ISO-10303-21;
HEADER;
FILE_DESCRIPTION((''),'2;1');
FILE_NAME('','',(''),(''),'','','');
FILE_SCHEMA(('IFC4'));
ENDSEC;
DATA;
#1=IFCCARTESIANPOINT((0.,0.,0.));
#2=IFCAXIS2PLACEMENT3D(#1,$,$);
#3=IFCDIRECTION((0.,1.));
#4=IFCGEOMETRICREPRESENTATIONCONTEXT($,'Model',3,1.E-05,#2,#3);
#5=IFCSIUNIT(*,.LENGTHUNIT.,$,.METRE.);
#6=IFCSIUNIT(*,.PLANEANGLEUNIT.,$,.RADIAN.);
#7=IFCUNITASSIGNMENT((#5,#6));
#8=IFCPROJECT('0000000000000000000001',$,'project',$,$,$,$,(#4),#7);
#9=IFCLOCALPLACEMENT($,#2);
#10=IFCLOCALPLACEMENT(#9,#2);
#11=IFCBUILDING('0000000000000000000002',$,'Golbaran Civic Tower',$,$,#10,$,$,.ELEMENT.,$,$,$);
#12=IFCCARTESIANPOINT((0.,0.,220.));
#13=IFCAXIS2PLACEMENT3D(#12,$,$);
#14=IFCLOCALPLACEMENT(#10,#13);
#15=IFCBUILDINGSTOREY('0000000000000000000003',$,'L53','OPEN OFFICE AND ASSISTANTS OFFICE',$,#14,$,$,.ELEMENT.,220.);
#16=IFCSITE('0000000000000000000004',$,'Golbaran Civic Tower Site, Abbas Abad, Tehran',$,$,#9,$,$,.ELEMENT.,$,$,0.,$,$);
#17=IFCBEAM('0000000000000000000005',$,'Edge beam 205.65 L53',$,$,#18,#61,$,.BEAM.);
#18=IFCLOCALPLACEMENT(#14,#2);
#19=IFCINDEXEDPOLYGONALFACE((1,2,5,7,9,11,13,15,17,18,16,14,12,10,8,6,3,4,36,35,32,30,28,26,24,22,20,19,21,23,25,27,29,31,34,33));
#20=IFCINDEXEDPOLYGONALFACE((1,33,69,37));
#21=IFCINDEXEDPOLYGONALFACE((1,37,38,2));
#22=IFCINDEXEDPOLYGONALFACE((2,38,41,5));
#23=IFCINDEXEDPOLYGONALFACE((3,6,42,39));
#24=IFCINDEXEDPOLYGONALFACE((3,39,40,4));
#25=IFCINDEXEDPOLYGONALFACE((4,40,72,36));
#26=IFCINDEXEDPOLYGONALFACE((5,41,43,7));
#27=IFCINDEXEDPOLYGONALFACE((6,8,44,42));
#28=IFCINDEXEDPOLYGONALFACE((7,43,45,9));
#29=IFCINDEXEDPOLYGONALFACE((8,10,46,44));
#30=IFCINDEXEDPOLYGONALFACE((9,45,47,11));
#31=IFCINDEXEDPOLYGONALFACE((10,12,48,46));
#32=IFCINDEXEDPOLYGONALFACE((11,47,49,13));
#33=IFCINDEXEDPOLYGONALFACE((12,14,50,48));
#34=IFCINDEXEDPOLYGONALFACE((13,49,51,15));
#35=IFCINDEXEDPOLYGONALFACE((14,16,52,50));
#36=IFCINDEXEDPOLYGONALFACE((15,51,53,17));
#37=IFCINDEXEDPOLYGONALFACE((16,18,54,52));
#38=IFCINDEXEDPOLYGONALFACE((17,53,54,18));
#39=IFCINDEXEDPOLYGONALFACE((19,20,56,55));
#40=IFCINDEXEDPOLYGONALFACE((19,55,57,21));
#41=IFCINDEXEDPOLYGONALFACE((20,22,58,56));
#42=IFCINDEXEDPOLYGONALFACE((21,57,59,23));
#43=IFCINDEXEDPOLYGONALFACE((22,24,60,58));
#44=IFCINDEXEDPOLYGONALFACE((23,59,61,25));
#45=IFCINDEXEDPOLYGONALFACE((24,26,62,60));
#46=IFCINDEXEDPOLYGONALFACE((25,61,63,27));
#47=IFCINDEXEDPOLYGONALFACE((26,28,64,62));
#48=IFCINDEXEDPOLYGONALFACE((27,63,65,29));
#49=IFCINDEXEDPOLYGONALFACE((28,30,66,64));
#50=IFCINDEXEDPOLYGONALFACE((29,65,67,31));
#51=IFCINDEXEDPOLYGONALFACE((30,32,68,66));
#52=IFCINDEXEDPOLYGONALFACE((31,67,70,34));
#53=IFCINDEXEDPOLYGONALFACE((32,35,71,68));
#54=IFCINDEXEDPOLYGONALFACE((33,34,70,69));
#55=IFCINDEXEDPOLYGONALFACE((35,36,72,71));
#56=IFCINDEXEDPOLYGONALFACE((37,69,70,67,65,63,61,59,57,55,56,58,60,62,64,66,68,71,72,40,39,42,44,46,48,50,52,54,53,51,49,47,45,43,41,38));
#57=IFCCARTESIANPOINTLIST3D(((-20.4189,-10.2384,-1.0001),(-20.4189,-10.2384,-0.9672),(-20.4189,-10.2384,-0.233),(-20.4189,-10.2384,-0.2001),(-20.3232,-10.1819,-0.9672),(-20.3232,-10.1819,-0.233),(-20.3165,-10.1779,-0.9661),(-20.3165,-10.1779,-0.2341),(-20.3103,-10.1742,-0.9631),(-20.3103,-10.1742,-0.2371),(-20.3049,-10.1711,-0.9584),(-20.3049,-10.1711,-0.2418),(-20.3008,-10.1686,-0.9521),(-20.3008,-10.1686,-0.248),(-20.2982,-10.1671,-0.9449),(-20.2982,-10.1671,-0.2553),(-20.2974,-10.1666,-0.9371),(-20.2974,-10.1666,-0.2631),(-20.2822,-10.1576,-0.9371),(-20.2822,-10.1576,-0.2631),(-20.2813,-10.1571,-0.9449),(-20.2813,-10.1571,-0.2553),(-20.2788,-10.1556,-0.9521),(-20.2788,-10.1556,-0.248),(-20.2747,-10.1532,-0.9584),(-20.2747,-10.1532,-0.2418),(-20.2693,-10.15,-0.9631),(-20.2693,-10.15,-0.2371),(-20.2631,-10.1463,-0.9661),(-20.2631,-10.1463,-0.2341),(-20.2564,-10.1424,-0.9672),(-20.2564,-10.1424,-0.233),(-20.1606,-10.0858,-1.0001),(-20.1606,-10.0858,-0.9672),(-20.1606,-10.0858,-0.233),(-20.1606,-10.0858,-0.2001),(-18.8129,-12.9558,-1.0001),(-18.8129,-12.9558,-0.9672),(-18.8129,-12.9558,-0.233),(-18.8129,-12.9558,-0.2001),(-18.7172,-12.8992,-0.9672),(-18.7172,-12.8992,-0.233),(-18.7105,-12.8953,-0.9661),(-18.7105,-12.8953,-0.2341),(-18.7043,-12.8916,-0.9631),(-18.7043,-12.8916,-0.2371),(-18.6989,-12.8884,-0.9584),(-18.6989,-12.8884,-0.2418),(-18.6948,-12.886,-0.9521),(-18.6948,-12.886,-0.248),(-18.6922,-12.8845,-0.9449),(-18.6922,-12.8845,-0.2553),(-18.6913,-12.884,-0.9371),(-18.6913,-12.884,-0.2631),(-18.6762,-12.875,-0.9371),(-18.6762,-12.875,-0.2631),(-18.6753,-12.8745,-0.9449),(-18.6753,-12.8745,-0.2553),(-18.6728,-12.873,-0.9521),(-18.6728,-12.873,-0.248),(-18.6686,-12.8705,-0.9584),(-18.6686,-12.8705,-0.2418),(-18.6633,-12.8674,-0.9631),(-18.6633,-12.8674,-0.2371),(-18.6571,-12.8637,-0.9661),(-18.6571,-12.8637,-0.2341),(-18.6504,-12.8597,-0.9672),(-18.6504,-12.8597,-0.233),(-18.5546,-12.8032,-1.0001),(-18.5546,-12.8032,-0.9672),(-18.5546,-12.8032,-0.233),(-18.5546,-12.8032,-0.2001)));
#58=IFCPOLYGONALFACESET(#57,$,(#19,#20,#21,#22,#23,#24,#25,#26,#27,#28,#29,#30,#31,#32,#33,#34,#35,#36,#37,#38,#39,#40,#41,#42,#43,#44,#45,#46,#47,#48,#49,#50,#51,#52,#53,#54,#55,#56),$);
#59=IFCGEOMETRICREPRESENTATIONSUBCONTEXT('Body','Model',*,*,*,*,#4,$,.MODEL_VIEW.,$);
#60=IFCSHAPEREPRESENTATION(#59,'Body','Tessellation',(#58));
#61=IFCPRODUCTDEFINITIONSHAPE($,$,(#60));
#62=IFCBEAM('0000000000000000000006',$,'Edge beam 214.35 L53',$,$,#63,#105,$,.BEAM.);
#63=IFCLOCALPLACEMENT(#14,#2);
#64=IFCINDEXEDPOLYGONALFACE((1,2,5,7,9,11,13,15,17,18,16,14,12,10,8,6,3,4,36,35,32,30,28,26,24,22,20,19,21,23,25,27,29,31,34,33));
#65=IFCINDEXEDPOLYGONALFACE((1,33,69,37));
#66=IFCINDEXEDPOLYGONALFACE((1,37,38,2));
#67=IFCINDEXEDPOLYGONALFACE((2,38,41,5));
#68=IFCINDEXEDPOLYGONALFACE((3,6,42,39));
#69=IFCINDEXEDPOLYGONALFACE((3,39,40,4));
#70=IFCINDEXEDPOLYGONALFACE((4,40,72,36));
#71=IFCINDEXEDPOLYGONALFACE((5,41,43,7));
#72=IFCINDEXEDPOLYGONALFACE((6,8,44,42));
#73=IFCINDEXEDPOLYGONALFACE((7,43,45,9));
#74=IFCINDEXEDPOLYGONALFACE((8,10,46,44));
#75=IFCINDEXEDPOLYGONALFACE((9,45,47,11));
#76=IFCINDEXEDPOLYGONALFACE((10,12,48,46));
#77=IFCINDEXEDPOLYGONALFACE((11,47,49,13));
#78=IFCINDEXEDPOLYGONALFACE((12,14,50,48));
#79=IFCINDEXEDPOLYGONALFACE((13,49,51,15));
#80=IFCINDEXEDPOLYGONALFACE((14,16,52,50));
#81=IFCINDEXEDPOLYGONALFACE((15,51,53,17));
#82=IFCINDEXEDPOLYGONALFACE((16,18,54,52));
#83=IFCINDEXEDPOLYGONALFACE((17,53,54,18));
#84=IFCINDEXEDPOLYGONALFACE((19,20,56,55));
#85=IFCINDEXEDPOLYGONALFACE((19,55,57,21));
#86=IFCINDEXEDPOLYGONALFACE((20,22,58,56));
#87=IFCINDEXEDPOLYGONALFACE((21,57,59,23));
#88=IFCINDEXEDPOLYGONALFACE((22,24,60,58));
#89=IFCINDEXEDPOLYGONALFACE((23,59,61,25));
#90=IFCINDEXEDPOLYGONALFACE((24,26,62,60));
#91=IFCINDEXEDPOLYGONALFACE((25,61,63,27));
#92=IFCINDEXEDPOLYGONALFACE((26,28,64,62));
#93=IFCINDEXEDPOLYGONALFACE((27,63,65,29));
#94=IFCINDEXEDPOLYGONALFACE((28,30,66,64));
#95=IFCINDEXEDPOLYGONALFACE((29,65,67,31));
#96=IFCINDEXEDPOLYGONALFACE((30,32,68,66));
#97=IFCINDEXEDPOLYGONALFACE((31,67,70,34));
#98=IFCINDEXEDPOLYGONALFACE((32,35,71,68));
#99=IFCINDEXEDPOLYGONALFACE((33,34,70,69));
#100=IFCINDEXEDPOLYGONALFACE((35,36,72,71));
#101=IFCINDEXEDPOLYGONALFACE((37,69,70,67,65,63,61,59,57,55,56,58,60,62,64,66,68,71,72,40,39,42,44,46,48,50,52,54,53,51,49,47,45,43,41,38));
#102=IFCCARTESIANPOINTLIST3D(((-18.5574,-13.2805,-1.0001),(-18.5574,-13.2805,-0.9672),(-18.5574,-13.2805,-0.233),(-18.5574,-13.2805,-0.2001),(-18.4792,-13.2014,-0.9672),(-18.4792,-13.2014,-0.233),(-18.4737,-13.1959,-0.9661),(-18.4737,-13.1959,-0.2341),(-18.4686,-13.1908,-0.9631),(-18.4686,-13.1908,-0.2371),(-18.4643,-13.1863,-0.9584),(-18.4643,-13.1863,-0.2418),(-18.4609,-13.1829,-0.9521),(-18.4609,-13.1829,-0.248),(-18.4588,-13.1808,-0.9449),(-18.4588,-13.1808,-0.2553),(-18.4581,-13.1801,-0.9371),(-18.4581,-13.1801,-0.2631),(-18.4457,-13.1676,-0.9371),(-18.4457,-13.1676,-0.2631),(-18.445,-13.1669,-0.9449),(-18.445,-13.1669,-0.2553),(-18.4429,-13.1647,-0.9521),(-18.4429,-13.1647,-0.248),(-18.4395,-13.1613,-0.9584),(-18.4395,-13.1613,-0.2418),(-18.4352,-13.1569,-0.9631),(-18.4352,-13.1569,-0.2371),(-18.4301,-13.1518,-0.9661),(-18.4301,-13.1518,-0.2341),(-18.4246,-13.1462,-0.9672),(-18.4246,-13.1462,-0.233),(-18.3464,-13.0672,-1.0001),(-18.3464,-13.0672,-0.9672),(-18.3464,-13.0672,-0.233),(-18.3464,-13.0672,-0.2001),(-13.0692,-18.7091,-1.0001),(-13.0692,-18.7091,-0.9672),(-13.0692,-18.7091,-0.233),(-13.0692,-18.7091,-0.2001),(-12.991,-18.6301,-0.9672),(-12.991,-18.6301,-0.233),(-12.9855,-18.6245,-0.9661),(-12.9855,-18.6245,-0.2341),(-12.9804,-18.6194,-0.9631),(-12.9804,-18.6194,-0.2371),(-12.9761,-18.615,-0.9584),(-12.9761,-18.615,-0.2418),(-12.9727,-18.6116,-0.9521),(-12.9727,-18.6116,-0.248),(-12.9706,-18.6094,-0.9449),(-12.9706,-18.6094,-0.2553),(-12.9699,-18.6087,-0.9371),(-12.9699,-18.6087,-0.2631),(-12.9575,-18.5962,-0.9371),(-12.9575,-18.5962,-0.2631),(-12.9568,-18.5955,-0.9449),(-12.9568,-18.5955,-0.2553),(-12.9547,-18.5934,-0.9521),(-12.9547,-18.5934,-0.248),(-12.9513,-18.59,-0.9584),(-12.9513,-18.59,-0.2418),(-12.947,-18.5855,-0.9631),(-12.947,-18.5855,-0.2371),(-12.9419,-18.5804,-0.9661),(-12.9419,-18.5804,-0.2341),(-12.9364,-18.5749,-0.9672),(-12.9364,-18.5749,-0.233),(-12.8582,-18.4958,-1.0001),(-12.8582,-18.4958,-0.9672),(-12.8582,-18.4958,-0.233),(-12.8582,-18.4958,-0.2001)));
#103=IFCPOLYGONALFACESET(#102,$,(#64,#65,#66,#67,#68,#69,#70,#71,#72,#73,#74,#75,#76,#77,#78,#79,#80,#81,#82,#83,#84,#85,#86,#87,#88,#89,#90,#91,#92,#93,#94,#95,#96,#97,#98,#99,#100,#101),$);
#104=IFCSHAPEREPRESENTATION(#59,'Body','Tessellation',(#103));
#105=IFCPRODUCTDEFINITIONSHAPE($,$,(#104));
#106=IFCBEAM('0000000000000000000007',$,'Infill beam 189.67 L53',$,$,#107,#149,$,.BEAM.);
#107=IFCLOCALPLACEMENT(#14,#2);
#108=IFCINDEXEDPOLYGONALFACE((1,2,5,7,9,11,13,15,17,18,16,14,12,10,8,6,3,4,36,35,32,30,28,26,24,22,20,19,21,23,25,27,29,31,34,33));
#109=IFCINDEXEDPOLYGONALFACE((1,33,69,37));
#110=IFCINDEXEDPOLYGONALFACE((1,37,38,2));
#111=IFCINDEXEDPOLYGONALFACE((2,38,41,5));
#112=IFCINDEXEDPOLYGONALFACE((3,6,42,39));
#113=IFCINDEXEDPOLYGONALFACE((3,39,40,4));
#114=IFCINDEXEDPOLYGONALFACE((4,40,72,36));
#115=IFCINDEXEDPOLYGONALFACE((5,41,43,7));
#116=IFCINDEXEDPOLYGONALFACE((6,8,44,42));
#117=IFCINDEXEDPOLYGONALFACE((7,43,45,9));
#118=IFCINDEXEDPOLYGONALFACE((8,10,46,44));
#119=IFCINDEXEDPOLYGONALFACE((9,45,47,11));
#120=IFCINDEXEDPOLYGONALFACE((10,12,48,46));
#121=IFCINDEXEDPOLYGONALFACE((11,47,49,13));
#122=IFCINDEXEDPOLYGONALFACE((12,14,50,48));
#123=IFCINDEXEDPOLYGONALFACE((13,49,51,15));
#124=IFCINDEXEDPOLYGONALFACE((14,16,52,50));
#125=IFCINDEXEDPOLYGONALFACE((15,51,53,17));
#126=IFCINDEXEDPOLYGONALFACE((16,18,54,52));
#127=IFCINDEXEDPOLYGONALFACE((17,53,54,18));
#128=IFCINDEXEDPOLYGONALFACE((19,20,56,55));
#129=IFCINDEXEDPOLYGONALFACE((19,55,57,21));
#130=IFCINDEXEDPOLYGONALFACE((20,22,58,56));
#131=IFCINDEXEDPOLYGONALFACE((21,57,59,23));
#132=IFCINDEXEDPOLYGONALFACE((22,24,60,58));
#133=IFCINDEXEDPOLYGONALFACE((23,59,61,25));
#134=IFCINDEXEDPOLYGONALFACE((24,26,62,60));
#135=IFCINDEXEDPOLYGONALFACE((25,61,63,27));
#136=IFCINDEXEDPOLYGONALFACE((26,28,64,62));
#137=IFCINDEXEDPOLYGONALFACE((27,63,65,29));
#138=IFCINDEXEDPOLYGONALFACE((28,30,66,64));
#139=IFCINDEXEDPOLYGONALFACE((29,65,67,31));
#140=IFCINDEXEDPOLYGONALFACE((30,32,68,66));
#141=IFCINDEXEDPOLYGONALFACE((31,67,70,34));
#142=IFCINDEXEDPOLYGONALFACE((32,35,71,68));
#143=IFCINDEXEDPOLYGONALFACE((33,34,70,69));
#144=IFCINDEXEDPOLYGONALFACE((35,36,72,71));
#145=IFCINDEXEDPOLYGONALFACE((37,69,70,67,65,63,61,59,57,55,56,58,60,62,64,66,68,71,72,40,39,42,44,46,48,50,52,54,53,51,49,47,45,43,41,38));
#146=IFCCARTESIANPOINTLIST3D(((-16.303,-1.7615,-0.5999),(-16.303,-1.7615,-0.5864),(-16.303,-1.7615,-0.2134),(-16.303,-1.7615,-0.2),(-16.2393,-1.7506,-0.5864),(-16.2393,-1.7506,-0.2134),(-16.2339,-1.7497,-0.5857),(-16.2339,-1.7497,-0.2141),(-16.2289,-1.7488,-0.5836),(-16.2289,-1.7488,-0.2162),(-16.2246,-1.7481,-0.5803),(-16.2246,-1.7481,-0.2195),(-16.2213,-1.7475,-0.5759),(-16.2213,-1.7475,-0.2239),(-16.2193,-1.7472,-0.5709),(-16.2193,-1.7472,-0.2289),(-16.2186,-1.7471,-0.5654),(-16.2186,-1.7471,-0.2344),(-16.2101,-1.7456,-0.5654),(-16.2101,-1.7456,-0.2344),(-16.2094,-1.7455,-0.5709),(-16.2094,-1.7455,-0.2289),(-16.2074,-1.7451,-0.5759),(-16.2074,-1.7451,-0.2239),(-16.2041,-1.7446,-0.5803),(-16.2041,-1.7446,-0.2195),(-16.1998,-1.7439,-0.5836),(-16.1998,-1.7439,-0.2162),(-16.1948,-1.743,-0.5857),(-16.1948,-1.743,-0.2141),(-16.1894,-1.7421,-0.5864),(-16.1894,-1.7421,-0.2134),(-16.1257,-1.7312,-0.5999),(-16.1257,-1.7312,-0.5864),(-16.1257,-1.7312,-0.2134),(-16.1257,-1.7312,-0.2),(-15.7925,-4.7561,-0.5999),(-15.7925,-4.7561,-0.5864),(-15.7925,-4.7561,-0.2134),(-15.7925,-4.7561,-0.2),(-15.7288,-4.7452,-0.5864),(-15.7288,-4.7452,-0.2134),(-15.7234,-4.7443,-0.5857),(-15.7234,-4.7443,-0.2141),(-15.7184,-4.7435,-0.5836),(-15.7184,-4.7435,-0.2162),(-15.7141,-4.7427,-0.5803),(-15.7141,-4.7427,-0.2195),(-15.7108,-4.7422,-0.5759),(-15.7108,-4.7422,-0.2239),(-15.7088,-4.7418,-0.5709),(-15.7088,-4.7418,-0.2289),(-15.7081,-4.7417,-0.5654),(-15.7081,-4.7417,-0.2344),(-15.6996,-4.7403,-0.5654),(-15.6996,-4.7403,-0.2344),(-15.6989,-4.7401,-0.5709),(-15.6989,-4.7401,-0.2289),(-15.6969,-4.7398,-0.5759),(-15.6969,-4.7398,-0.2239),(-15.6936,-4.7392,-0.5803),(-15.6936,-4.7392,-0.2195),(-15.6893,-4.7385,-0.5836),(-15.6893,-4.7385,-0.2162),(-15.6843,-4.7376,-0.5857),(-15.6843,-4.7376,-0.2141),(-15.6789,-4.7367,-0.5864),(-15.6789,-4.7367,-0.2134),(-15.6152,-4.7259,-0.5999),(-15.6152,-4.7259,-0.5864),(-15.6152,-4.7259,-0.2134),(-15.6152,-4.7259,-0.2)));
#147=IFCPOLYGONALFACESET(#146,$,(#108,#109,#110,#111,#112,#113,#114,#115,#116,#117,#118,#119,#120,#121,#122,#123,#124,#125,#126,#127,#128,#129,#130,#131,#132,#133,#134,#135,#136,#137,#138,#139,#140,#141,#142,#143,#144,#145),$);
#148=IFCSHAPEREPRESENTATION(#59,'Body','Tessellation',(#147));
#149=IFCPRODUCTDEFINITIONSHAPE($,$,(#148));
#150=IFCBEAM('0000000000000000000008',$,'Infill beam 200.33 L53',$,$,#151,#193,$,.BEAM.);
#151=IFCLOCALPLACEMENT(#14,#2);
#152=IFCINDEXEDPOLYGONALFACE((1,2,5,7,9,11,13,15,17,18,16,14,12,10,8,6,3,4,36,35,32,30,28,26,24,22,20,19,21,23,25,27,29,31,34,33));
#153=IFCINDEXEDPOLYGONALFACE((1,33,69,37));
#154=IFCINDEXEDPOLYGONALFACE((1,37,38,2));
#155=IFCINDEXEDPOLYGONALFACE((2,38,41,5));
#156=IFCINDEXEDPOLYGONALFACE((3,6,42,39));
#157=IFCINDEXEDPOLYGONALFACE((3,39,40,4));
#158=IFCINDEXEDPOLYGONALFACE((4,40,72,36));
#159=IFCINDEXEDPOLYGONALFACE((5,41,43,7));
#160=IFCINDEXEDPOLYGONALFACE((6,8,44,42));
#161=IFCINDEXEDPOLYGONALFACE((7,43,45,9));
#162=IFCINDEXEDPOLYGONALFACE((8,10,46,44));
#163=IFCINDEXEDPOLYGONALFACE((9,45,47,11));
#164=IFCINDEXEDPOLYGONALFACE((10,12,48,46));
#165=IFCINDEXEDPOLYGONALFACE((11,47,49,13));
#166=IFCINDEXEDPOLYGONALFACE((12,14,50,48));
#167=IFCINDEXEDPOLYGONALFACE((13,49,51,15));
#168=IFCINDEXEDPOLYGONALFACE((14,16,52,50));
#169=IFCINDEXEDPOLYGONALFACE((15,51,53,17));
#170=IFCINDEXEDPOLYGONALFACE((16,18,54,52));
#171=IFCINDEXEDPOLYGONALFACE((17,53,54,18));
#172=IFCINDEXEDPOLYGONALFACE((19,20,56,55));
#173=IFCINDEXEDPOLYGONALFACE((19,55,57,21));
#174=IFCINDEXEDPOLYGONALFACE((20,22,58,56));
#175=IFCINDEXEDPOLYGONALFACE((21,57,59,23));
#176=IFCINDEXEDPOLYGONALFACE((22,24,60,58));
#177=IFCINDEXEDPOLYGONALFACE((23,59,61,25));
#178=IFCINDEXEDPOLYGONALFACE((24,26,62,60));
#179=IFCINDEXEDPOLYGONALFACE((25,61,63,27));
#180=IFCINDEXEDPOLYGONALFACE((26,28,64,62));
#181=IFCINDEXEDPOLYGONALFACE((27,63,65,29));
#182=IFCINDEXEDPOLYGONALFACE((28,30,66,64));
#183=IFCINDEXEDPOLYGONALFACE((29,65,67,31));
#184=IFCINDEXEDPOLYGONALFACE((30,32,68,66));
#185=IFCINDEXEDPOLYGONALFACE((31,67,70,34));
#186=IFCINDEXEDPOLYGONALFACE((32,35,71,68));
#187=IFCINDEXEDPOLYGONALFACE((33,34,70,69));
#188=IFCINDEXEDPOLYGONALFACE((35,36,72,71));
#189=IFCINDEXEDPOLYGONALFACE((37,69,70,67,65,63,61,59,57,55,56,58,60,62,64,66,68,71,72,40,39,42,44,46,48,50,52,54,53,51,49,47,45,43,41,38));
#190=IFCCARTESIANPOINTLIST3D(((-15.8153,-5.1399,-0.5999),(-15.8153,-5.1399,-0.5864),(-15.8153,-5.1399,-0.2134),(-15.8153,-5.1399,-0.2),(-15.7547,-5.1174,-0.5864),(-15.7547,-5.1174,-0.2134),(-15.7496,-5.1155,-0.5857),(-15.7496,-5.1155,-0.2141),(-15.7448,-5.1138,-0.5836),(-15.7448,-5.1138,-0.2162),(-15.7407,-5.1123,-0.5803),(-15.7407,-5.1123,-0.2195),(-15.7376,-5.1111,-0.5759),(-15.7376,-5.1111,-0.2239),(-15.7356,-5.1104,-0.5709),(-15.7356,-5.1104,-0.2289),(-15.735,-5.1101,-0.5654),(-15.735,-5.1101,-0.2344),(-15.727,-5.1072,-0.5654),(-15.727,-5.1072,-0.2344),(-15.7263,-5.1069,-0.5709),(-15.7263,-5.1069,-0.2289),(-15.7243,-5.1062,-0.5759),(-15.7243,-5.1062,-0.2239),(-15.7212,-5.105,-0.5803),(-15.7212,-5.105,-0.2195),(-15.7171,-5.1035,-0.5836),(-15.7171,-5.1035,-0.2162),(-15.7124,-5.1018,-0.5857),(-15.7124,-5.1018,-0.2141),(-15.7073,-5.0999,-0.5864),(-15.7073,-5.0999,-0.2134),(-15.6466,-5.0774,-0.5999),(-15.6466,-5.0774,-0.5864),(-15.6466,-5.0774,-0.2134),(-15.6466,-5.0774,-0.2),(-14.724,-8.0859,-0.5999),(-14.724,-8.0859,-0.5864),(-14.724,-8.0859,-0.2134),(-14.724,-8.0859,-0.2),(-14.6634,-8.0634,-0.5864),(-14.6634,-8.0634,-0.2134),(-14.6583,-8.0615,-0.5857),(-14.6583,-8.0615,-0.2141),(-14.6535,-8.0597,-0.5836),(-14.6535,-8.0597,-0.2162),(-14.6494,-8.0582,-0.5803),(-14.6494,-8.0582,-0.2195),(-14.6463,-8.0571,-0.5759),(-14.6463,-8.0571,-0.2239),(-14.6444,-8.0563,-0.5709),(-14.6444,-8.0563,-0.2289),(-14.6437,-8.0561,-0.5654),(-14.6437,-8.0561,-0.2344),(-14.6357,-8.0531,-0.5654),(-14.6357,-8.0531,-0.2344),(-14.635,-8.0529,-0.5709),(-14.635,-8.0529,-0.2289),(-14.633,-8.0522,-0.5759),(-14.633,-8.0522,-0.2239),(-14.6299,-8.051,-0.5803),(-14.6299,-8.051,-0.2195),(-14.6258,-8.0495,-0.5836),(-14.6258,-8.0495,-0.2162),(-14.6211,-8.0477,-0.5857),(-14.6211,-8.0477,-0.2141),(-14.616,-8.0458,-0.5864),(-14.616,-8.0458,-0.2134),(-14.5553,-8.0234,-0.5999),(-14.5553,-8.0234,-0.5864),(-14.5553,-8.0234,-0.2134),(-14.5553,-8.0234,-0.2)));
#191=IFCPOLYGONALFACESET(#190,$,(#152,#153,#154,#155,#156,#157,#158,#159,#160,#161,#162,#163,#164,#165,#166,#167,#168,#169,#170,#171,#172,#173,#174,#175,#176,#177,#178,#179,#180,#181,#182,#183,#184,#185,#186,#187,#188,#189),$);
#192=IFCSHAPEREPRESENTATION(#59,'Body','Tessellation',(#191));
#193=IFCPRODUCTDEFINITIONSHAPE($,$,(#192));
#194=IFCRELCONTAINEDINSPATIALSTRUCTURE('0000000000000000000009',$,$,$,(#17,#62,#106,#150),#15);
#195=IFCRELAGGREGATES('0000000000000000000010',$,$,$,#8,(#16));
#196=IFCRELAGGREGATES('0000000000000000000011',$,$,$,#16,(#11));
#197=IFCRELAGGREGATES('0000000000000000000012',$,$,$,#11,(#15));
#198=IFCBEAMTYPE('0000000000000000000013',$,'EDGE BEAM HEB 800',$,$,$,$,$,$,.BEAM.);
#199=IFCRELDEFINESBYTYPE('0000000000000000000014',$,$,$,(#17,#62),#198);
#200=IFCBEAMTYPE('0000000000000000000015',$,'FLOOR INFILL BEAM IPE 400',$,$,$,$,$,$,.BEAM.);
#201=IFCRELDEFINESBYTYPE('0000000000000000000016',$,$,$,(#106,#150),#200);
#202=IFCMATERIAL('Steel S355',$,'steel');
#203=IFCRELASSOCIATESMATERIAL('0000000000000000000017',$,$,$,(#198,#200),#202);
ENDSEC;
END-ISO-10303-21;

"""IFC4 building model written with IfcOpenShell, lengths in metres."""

from ifc_helpers import new_model, si_unit, direction, frame, origin, origin_2d, place, context, subcontext, project, spatial, i_section, extrude, material, material_profile, profile_set, type_object, element, save


model = new_model("IFC4")

# Units and contexts
model_context = context("Model", 3, precision=1e-05, world=origin(), true_north=direction((0.0, 1.0)))
body_context = subcontext(model_context, "Body", "Model", "MODEL_VIEW")
ifc_project = project(units=[si_unit("LENGTHUNIT", "METRE"), si_unit("PLANEANGLEUNIT", "RADIAN")], contexts=[model_context])

# Site, building, storey
site_placement = place(None, origin())
site = spatial("IfcSite", under=ifc_project, at=site_placement, Name="Golbaran Civic Tower Site, Abbas Abad, Tehran", CompositionType="ELEMENT", RefElevation=0.0)
building_placement = place(site_placement, origin())
building = spatial("IfcBuilding", under=site, at=building_placement, Name="Golbaran Civic Tower", CompositionType="ELEMENT")
storey_placement = place(building_placement, frame((0.0, 0.0, 220.0)))
storey = spatial("IfcBuildingStorey", under=building, at=storey_placement, Name="L53", Description="OPEN OFFICE AND ASSISTANTS OFFICE", CompositionType="ELEMENT", Elevation=220.0)

# Beams
ifc_material_1 = material(Name="Steel S355", Category="steel")
ifc_material_profile_1 = material_profile(ifc_material_1, i_section(OverallWidth=0.3, OverallDepth=0.8, WebThickness=0.0176, FlangeThickness=0.033, FilletRadius=0.03, at=origin_2d()), Name="HEB 800")
ifc_profile_set_1 = profile_set([ifc_material_profile_1], Name="Steel S355")
beam_type_1 = type_object("IfcBeamType", Name="EDGE BEAM HEB 800", PredefinedType="BEAM", material=ifc_profile_set_1)
beam_1_placement = place(storey_placement, frame((-20.2898, -10.1621, -0.6001), z_axis=(0.508797, -0.860886, 0.0), x_axis=(0.860886, 0.508797, 0.0)))
element("IfcBeam", 1, at=beam_1_placement, inside=storey, type_object=beam_type_1, Name="Edge beam 205.65 L53", PredefinedType="BEAM", context=body_context, shape_type="SweptSolid", body=[
    extrude(i_section(OverallWidth=0.3, OverallDepth=0.8, WebThickness=0.0176, FlangeThickness=0.033, FilletRadius=0.03, at=origin_2d()), origin(), (0.0, 0.0, 1.0), 3.1565),
])
beam_2_placement = place(storey_placement, frame((-18.4519, -13.1738, -0.6001), z_axis=(0.710955, -0.703238, 0.0), x_axis=(0.703238, 0.710955, 0.0)))
element("IfcBeam", 2, at=beam_2_placement, inside=storey, type_object=beam_type_1, Name="Edge beam 214.35 L53", PredefinedType="BEAM", context=body_context, shape_type="SweptSolid", body=[
    extrude(i_section(OverallWidth=0.3, OverallDepth=0.8, WebThickness=0.0176, FlangeThickness=0.033, FilletRadius=0.03, at=origin_2d()), origin(), (0.0, 0.0, 1.0), 7.7195),
])
ifc_material_profile_2 = material_profile(ifc_material_1, i_section(OverallWidth=0.1799, OverallDepth=0.3999, WebThickness=0.0085, FlangeThickness=0.0134, FilletRadius=0.021, at=origin_2d()), Name="IPE 400")
ifc_profile_set_2 = profile_set([ifc_material_profile_2], Name="Steel S355")
beam_type_2 = type_object("IfcBeamType", Name="FLOOR INFILL BEAM IPE 400", PredefinedType="BEAM", material=ifc_profile_set_2)
beam_3_placement = place(storey_placement, frame((-16.2144, -1.7463, -0.3999), z_axis=(0.168047, -0.985779, 0.0), x_axis=(0.985779, 0.168047, 0.0)))
element("IfcBeam", 3, at=beam_3_placement, inside=storey, type_object=beam_type_2, Name="Infill beam 189.67 L53", PredefinedType="BEAM", context=body_context, shape_type="SweptSolid", body=[
    extrude(i_section(OverallWidth=0.1799, OverallDepth=0.3999, WebThickness=0.0085, FlangeThickness=0.0134, FilletRadius=0.021, at=origin_2d()), origin(), (0.0, 0.0, 1.0), 3.0378),
])
beam_4_placement = place(storey_placement, frame((-15.731, -5.1086, -0.3999), z_axis=(0.347365, -0.93773, 0.0), x_axis=(0.93773, 0.347365, 0.0)))
element("IfcBeam", 4, at=beam_4_placement, inside=storey, type_object=beam_type_2, Name="Infill beam 200.33 L53", PredefinedType="BEAM", context=body_context, shape_type="SweptSolid", body=[
    extrude(i_section(OverallWidth=0.1799, OverallDepth=0.3999, WebThickness=0.0085, FlangeThickness=0.0134, FilletRadius=0.021, at=origin_2d()), origin(), (0.0, 0.0, 1.0), 3.1416),
])

save(model, "model.ifc")
